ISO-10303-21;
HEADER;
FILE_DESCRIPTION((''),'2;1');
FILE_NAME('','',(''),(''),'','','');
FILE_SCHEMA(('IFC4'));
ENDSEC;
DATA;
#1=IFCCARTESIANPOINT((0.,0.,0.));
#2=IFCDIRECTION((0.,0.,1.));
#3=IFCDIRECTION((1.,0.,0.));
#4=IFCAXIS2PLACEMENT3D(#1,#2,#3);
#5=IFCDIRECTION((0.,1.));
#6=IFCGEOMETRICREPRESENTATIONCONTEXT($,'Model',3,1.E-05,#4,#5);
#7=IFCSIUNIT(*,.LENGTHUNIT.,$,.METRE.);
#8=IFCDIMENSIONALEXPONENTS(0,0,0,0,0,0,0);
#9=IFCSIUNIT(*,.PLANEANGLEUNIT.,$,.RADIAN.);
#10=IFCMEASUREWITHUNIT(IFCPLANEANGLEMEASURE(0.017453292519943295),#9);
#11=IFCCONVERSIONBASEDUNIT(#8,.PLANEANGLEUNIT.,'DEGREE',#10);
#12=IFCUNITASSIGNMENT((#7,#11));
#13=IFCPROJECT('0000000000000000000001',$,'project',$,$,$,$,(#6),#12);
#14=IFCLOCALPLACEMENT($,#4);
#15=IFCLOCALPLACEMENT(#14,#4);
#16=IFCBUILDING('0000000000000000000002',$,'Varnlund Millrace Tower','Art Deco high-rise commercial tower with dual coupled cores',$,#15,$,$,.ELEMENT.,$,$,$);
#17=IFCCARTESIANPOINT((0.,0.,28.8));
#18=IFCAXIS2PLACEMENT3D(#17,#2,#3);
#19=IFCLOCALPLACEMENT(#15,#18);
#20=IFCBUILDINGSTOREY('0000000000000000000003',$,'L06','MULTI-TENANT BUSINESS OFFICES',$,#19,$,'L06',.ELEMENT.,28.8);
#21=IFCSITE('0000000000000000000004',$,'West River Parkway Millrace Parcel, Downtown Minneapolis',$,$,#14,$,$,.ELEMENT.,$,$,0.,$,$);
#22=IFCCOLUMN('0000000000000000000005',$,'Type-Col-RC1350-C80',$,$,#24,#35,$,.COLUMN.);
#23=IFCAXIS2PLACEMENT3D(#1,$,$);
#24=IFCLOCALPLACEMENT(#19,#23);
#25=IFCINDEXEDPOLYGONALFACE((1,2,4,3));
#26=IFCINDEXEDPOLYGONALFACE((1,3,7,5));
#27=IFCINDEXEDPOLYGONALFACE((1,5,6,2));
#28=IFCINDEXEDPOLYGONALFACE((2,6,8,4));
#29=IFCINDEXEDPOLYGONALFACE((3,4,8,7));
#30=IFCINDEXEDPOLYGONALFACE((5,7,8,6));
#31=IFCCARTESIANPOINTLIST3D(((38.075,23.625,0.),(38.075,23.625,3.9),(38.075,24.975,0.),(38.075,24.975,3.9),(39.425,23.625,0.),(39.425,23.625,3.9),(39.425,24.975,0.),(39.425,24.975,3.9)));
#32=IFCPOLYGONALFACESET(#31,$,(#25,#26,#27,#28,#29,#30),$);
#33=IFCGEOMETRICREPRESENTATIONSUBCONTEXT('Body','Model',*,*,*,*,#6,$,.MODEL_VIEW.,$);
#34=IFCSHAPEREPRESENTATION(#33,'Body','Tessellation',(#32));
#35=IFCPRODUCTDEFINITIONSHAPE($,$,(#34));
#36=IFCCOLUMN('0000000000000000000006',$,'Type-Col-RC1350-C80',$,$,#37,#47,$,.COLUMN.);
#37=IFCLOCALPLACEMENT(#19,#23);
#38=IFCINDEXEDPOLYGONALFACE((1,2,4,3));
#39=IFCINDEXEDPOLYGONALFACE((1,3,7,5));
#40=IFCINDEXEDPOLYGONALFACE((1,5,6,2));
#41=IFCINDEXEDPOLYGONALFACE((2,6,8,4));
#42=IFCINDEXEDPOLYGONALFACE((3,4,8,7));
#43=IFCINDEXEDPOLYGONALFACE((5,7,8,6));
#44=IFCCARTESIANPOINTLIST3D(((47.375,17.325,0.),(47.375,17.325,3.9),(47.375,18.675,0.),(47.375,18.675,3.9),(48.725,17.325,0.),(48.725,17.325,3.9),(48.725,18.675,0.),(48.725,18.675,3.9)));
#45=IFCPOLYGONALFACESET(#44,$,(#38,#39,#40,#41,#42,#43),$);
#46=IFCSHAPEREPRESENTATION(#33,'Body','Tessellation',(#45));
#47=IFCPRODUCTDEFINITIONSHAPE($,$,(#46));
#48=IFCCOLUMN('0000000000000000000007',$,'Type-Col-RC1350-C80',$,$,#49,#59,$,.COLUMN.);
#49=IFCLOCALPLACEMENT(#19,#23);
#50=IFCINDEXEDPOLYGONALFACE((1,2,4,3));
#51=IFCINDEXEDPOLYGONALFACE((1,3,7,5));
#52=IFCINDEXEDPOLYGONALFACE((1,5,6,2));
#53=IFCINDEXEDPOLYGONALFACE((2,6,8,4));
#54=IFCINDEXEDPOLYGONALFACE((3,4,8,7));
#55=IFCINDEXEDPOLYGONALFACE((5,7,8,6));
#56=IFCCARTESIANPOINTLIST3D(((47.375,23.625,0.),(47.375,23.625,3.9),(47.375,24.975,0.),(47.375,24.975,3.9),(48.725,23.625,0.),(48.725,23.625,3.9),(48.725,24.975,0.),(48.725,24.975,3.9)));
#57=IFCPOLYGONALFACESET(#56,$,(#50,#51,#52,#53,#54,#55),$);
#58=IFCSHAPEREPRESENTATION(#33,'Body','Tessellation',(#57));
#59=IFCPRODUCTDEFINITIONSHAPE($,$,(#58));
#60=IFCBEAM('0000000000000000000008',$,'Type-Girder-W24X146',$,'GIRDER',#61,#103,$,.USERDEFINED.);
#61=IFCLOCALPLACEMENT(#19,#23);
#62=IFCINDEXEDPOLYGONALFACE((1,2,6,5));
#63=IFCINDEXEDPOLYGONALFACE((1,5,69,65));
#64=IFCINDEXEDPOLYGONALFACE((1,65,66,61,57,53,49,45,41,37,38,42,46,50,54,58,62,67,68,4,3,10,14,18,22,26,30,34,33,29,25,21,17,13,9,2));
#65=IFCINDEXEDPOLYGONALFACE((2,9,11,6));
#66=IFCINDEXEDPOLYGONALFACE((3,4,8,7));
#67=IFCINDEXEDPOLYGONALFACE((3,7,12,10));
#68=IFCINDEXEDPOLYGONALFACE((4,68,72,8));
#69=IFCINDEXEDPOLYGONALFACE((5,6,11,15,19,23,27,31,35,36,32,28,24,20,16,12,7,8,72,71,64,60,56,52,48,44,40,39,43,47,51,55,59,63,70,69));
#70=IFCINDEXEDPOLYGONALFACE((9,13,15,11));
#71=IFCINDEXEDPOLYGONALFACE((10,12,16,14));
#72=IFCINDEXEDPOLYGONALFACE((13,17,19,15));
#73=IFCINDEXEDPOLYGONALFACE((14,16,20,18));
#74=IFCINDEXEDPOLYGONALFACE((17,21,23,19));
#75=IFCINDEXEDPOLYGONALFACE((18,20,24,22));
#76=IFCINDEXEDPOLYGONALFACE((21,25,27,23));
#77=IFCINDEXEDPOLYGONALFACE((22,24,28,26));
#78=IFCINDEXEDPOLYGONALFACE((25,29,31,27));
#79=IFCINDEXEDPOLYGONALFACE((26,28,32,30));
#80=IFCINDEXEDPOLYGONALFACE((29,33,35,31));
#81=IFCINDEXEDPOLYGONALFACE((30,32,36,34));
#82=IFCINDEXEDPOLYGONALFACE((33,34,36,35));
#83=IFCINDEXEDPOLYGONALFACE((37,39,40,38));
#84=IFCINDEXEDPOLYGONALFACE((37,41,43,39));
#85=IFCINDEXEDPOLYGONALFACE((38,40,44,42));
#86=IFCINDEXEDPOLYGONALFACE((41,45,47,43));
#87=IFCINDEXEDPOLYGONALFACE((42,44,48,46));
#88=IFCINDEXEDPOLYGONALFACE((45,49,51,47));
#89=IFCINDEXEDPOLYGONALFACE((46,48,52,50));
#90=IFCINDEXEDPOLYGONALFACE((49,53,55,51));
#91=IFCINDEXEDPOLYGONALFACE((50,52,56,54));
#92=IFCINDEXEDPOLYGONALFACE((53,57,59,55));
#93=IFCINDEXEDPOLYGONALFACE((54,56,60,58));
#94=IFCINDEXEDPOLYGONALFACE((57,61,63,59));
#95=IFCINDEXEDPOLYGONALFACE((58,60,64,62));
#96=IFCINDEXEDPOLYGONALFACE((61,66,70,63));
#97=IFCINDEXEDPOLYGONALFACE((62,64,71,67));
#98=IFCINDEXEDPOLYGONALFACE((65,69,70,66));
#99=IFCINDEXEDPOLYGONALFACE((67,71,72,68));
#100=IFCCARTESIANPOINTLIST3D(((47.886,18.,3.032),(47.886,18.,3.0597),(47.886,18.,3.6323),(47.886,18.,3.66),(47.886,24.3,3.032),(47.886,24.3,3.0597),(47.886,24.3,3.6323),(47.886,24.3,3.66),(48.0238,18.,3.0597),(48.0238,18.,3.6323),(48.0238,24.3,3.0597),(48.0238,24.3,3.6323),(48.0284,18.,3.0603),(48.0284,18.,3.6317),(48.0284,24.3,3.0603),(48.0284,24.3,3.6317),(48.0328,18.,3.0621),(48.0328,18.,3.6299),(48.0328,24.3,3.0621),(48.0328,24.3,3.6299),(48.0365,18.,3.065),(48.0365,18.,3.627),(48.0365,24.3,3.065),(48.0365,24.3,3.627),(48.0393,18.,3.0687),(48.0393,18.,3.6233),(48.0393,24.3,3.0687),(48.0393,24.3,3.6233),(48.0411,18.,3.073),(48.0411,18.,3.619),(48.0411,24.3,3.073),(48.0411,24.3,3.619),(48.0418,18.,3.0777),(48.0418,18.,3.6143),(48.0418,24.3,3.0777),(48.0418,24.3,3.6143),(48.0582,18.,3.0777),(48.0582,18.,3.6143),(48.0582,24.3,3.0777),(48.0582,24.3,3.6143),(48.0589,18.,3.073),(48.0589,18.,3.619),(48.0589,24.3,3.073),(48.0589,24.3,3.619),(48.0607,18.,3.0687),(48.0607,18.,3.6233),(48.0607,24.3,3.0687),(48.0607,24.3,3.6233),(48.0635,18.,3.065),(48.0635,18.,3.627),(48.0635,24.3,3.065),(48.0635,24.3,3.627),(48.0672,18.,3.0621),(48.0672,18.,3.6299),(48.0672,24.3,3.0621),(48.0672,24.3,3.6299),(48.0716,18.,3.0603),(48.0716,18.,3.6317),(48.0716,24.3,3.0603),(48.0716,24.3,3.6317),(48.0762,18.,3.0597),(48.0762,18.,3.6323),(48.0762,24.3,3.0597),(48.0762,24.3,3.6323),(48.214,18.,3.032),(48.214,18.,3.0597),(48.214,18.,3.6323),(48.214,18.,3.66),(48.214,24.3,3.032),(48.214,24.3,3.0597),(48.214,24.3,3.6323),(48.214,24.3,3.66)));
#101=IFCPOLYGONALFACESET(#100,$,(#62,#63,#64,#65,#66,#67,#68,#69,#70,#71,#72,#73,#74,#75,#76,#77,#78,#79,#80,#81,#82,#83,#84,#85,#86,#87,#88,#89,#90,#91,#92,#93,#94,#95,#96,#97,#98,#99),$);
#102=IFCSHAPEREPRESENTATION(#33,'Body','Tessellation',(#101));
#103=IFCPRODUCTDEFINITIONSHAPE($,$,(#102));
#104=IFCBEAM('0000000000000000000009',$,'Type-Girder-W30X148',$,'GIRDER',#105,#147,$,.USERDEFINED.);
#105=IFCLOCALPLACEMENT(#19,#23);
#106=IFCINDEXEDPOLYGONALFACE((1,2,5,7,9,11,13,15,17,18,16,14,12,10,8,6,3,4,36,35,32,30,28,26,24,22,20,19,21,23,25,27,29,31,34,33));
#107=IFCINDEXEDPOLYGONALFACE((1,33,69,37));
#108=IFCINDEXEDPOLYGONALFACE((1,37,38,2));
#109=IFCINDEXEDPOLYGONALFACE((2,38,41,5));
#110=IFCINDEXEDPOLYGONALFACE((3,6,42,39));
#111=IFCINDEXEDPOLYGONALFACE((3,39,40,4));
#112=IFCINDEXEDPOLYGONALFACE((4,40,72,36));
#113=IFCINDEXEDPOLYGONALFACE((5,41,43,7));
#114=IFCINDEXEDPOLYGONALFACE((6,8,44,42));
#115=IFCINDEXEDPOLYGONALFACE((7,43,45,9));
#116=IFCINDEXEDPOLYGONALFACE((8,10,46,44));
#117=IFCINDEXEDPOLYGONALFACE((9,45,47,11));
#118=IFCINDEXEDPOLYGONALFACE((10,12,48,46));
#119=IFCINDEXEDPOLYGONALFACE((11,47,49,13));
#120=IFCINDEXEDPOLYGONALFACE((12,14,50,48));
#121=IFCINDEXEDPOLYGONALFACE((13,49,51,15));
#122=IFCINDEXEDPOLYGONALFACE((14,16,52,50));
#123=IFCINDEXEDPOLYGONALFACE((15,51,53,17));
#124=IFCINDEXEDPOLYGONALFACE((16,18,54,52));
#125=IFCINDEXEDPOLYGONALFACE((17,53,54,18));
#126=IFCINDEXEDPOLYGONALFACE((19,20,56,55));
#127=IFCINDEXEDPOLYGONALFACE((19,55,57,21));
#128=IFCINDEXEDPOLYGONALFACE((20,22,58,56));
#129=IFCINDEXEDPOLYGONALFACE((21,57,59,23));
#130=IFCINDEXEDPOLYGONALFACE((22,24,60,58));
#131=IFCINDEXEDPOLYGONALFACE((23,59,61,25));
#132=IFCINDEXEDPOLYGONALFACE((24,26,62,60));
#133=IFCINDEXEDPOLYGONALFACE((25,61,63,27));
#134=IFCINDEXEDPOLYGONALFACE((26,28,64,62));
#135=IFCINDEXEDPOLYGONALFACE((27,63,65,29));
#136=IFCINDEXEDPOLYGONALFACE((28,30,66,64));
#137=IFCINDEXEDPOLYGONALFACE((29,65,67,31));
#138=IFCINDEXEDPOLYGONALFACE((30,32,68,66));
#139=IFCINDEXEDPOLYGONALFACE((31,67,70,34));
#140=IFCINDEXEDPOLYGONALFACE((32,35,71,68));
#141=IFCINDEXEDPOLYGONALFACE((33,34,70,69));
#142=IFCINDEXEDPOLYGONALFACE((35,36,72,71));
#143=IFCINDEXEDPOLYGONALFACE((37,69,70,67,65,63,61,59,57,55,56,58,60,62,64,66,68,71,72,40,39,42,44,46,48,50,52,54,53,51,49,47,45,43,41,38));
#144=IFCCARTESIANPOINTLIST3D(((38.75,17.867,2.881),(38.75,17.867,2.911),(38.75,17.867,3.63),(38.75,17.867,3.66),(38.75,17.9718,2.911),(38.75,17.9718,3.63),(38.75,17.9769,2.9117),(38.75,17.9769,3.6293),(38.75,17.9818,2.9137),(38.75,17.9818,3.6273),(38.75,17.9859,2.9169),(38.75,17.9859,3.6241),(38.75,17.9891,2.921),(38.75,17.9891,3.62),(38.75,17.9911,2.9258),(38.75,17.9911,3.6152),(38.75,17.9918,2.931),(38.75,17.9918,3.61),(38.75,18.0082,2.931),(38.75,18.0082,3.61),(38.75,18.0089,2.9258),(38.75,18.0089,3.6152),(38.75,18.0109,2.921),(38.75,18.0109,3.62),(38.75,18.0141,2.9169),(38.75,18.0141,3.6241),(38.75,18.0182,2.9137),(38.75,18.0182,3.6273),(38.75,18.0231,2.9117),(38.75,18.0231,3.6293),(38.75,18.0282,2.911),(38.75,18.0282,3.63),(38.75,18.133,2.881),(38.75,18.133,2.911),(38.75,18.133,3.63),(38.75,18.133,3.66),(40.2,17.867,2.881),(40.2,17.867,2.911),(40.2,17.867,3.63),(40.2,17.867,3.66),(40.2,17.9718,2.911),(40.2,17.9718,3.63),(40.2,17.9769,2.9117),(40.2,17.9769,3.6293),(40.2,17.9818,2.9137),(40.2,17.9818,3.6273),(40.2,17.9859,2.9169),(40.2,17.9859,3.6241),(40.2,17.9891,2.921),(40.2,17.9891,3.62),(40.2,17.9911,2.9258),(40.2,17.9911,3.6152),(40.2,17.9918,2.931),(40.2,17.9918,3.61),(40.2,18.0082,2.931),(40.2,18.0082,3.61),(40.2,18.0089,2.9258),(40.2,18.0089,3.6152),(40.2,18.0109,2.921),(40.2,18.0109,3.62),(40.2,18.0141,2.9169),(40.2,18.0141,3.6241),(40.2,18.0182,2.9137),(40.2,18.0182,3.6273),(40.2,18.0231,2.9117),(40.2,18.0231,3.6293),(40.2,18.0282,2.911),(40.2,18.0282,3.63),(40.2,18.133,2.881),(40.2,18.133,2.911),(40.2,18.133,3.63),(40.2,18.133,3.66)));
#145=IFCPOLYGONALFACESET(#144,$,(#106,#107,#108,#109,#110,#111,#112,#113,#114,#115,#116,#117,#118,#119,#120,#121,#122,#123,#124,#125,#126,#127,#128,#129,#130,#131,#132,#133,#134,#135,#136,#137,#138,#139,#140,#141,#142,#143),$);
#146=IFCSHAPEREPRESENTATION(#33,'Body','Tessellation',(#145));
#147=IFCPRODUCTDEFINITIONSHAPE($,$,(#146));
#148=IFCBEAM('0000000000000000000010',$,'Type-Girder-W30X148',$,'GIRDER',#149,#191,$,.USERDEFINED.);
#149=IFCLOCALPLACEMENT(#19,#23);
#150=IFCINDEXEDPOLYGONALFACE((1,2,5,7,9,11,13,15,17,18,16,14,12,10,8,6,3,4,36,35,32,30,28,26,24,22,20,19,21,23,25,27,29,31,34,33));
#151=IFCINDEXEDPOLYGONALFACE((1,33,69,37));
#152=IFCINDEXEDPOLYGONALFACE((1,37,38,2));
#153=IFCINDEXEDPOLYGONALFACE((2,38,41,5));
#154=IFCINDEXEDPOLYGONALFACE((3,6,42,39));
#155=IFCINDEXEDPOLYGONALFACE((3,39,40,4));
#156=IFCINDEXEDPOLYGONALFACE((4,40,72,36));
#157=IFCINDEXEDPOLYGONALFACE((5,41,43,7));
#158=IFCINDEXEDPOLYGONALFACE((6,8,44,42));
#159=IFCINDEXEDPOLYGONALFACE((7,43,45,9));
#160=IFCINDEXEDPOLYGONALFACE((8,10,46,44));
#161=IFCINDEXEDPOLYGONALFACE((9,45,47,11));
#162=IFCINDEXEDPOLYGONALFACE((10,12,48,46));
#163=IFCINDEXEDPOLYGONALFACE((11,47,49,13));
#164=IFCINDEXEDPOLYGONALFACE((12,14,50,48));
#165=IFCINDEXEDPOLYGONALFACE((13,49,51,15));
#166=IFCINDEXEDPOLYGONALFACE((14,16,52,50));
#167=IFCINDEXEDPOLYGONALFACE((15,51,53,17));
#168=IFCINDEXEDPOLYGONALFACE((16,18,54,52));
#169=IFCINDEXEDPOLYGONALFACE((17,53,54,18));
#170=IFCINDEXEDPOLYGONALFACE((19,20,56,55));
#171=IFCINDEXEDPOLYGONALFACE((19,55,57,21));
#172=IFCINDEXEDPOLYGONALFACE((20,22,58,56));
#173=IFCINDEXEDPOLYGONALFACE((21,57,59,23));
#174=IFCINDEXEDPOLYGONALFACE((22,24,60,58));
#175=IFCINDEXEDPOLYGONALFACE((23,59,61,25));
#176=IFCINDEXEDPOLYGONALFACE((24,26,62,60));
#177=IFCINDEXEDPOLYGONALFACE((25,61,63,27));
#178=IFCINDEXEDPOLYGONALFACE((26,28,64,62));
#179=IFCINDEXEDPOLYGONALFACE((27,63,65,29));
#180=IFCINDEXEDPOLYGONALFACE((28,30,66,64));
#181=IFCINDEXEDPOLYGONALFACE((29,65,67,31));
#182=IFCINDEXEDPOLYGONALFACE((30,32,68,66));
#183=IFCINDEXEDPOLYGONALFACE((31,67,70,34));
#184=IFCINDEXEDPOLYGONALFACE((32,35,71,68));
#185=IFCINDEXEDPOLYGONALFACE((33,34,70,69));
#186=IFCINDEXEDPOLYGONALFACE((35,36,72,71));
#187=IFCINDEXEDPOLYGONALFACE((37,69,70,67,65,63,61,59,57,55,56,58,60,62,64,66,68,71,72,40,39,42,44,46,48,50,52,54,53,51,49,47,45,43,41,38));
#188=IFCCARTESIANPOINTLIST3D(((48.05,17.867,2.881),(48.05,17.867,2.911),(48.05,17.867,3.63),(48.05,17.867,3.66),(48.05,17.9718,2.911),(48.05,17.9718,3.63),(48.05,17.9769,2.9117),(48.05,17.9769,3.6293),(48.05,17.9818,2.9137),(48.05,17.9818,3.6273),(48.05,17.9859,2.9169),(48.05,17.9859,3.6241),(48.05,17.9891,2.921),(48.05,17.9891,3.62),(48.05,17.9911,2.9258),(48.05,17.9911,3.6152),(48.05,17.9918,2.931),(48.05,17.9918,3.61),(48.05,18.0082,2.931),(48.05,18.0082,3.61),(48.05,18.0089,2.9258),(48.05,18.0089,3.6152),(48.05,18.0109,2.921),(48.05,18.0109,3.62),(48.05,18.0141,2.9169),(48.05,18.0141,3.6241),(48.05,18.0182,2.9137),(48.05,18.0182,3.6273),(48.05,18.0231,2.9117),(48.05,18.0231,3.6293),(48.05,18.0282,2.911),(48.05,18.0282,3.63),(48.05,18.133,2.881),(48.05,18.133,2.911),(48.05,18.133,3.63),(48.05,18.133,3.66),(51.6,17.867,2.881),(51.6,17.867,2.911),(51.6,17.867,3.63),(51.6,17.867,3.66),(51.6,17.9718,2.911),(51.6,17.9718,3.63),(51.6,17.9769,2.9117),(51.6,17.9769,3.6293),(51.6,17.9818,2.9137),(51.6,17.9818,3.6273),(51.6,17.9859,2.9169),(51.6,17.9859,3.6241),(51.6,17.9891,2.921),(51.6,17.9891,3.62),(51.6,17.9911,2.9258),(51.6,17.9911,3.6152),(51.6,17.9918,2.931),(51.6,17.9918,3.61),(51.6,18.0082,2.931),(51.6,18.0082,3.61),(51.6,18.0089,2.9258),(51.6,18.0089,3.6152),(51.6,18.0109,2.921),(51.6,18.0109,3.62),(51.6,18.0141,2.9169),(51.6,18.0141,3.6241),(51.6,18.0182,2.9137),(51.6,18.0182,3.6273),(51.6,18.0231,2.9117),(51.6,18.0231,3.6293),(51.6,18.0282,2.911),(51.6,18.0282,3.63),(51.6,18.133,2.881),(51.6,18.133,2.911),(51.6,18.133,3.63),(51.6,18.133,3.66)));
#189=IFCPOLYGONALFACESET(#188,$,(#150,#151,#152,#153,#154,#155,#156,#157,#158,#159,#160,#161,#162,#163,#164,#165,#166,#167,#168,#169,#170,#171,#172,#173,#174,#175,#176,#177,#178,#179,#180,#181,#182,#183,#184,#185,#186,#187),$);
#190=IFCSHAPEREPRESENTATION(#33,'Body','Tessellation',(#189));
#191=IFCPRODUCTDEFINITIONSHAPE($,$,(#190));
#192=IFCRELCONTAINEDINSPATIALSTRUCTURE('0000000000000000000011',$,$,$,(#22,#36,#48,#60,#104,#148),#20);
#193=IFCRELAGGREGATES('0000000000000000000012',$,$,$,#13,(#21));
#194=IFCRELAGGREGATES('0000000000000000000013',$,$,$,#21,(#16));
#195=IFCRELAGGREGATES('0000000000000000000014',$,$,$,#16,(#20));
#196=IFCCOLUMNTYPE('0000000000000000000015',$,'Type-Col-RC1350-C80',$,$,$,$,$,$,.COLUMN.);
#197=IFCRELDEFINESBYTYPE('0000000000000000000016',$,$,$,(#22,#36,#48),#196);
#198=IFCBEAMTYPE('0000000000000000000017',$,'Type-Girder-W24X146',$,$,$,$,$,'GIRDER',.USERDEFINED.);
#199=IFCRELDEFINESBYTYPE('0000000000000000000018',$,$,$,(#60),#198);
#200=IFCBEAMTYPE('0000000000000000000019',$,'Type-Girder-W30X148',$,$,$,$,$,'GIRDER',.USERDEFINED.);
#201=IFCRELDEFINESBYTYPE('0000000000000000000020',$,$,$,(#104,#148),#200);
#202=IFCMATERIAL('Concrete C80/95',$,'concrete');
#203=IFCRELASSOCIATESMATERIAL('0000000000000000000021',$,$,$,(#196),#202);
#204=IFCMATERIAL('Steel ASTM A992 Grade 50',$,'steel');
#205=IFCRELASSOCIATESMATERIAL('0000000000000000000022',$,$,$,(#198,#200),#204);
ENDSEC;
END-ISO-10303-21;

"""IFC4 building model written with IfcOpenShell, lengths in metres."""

from ifc_helpers import new_model, entity, si_unit, converted_unit, direction, frame, origin_with_axes, origin_2d_with_axis, place, context, subcontext, project, spatial, rectangle, i_section, extrude, material, material_profile, profile_set, type_object, element, save


model = new_model("IFC4")

# Units and contexts
model_context = context("Model", 3, precision=1e-05, world=origin_with_axes(), true_north=direction((0.0, 1.0)))
body_context = subcontext(model_context, "Body", "Model", "MODEL_VIEW")
ifc_project = project(units=[si_unit("LENGTHUNIT", "METRE"), converted_unit("PLANEANGLEUNIT", "DEGREE", entity("IfcPlaneAngleMeasure", 0.017453292519943295), si_unit("PLANEANGLEUNIT", "RADIAN"), dimensions=[0, 0, 0, 0, 0, 0, 0])], contexts=[model_context])

# Site, building, storey
site_placement = place(None, origin_with_axes())
site = spatial("IfcSite", under=ifc_project, at=site_placement, Name="West River Parkway Millrace Parcel, Downtown Minneapolis", CompositionType="ELEMENT", RefElevation=0.0)
building_placement = place(site_placement, origin_with_axes())
building = spatial("IfcBuilding", under=site, at=building_placement, Name="Varnlund Millrace Tower", Description="Art Deco high-rise commercial tower with dual coupled cores", CompositionType="ELEMENT")
storey_placement = place(building_placement, frame((0.0, 0.0, 28.8), z_axis=(0.0, 0.0, 1.0), x_axis=(1.0, 0.0, 0.0)))
storey = spatial("IfcBuildingStorey", under=building, at=storey_placement, Name="L06", Description="MULTI-TENANT BUSINESS OFFICES", LongName="L06", CompositionType="ELEMENT", Elevation=28.8)

# Columns
ifc_material_1 = material(Name="Concrete C80/95", Category="concrete")
ifc_material_profile_1 = material_profile(ifc_material_1, rectangle(XDim=1.35, YDim=1.35, at=origin_2d_with_axis()), Name="Concrete C80/95")
ifc_profile_set_1 = profile_set([ifc_material_profile_1], Name="Concrete C80/95")
column_type = type_object("IfcColumnType", Name="Type-Col-RC1350-C80", PredefinedType="COLUMN", material=ifc_profile_set_1)
for number, where, z_axis, x_axis, name in (
    (1, (38.75, 24.3, 0.0), (0.0, 0.0, 1.0), (1.0, 0.0, 0.0), "Type-Col-RC1350-C80"),
    (2, (48.05, 18.0, 0.0), (0.0, 0.0, 1.0), (1.0, 0.0, 0.0), "Type-Col-RC1350-C80"),
    (3, (48.05, 24.3, 0.0), (0.0, 0.0, 1.0), (1.0, 0.0, 0.0), "Type-Col-RC1350-C80"),
):
    element("IfcColumn", number, at=place(storey_placement, frame(where, z_axis=z_axis, x_axis=x_axis)), inside=storey, type_object=column_type, Name=name, PredefinedType="COLUMN", context=body_context, shape_type="SweptSolid", body=[
        extrude(rectangle(XDim=1.35, YDim=1.35, at=origin_2d_with_axis()), origin_with_axes(), (0.0, 0.0, 1.0), 3.9),
    ])

# Beams
ifc_material_2 = material(Name="Steel ASTM A992 Grade 50", Category="steel")
ifc_material_profile_2 = material_profile(ifc_material_2, i_section(OverallWidth=0.328, OverallDepth=0.628, WebThickness=0.0165, FlangeThickness=0.0277, FilletRadius=0.018, at=origin_2d_with_axis()), Name="Steel ASTM A992 Grade 50")
ifc_profile_set_2 = profile_set([ifc_material_profile_2], Name="Steel ASTM A992 Grade 50")
beam_type_1 = type_object("IfcBeamType", Name="Type-Girder-W24X146", ElementType="GIRDER", PredefinedType="USERDEFINED", material=ifc_profile_set_2)
beam_1_placement = place(storey_placement, frame((48.05, 18.0, 3.346), z_axis=(0.0, 1.0, 0.0), x_axis=(-1.0, 0.0, 0.0)))
element("IfcBeam", 4, at=beam_1_placement, inside=storey, type_object=beam_type_1, Name="Type-Girder-W24X146", ObjectType="GIRDER", PredefinedType="USERDEFINED", context=body_context, shape_type="SweptSolid", body=[
    extrude(i_section(OverallWidth=0.328, OverallDepth=0.628, WebThickness=0.0165, FlangeThickness=0.0277, FilletRadius=0.018, at=origin_2d_with_axis()), origin_with_axes(), (0.0, 0.0, 1.0), 6.3),
])
ifc_material_profile_3 = material_profile(ifc_material_2, i_section(OverallWidth=0.266, OverallDepth=0.779, WebThickness=0.0165, FlangeThickness=0.03, FilletRadius=0.02, at=origin_2d_with_axis()), Name="Steel ASTM A992 Grade 50")
ifc_profile_set_3 = profile_set([ifc_material_profile_3], Name="Steel ASTM A992 Grade 50")
beam_type_2 = type_object("IfcBeamType", Name="Type-Girder-W30X148", ElementType="GIRDER", PredefinedType="USERDEFINED", material=ifc_profile_set_3)
beam_2_placement = place(storey_placement, frame((38.75, 18.0, 3.2705), z_axis=(1.0, 0.0, 0.0), x_axis=(0.0, 1.0, 0.0)))
element("IfcBeam", 5, at=beam_2_placement, inside=storey, type_object=beam_type_2, Name="Type-Girder-W30X148", ObjectType="GIRDER", PredefinedType="USERDEFINED", context=body_context, shape_type="SweptSolid", body=[
    extrude(i_section(OverallWidth=0.266, OverallDepth=0.779, WebThickness=0.0165, FlangeThickness=0.03, FilletRadius=0.02, at=origin_2d_with_axis()), origin_with_axes(), (0.0, 0.0, 1.0), 1.45),
])
beam_3_placement = place(storey_placement, frame((48.05, 18.0, 3.2705), z_axis=(1.0, 0.0, 0.0), x_axis=(0.0, 1.0, 0.0)))
element("IfcBeam", 6, at=beam_3_placement, inside=storey, type_object=beam_type_2, Name="Type-Girder-W30X148", ObjectType="GIRDER", PredefinedType="USERDEFINED", context=body_context, shape_type="SweptSolid", body=[
    extrude(i_section(OverallWidth=0.266, OverallDepth=0.779, WebThickness=0.0165, FlangeThickness=0.03, FilletRadius=0.02, at=origin_2d_with_axis()), origin_with_axes(), (0.0, 0.0, 1.0), 3.55),
])

save(model, "model.ifc")
